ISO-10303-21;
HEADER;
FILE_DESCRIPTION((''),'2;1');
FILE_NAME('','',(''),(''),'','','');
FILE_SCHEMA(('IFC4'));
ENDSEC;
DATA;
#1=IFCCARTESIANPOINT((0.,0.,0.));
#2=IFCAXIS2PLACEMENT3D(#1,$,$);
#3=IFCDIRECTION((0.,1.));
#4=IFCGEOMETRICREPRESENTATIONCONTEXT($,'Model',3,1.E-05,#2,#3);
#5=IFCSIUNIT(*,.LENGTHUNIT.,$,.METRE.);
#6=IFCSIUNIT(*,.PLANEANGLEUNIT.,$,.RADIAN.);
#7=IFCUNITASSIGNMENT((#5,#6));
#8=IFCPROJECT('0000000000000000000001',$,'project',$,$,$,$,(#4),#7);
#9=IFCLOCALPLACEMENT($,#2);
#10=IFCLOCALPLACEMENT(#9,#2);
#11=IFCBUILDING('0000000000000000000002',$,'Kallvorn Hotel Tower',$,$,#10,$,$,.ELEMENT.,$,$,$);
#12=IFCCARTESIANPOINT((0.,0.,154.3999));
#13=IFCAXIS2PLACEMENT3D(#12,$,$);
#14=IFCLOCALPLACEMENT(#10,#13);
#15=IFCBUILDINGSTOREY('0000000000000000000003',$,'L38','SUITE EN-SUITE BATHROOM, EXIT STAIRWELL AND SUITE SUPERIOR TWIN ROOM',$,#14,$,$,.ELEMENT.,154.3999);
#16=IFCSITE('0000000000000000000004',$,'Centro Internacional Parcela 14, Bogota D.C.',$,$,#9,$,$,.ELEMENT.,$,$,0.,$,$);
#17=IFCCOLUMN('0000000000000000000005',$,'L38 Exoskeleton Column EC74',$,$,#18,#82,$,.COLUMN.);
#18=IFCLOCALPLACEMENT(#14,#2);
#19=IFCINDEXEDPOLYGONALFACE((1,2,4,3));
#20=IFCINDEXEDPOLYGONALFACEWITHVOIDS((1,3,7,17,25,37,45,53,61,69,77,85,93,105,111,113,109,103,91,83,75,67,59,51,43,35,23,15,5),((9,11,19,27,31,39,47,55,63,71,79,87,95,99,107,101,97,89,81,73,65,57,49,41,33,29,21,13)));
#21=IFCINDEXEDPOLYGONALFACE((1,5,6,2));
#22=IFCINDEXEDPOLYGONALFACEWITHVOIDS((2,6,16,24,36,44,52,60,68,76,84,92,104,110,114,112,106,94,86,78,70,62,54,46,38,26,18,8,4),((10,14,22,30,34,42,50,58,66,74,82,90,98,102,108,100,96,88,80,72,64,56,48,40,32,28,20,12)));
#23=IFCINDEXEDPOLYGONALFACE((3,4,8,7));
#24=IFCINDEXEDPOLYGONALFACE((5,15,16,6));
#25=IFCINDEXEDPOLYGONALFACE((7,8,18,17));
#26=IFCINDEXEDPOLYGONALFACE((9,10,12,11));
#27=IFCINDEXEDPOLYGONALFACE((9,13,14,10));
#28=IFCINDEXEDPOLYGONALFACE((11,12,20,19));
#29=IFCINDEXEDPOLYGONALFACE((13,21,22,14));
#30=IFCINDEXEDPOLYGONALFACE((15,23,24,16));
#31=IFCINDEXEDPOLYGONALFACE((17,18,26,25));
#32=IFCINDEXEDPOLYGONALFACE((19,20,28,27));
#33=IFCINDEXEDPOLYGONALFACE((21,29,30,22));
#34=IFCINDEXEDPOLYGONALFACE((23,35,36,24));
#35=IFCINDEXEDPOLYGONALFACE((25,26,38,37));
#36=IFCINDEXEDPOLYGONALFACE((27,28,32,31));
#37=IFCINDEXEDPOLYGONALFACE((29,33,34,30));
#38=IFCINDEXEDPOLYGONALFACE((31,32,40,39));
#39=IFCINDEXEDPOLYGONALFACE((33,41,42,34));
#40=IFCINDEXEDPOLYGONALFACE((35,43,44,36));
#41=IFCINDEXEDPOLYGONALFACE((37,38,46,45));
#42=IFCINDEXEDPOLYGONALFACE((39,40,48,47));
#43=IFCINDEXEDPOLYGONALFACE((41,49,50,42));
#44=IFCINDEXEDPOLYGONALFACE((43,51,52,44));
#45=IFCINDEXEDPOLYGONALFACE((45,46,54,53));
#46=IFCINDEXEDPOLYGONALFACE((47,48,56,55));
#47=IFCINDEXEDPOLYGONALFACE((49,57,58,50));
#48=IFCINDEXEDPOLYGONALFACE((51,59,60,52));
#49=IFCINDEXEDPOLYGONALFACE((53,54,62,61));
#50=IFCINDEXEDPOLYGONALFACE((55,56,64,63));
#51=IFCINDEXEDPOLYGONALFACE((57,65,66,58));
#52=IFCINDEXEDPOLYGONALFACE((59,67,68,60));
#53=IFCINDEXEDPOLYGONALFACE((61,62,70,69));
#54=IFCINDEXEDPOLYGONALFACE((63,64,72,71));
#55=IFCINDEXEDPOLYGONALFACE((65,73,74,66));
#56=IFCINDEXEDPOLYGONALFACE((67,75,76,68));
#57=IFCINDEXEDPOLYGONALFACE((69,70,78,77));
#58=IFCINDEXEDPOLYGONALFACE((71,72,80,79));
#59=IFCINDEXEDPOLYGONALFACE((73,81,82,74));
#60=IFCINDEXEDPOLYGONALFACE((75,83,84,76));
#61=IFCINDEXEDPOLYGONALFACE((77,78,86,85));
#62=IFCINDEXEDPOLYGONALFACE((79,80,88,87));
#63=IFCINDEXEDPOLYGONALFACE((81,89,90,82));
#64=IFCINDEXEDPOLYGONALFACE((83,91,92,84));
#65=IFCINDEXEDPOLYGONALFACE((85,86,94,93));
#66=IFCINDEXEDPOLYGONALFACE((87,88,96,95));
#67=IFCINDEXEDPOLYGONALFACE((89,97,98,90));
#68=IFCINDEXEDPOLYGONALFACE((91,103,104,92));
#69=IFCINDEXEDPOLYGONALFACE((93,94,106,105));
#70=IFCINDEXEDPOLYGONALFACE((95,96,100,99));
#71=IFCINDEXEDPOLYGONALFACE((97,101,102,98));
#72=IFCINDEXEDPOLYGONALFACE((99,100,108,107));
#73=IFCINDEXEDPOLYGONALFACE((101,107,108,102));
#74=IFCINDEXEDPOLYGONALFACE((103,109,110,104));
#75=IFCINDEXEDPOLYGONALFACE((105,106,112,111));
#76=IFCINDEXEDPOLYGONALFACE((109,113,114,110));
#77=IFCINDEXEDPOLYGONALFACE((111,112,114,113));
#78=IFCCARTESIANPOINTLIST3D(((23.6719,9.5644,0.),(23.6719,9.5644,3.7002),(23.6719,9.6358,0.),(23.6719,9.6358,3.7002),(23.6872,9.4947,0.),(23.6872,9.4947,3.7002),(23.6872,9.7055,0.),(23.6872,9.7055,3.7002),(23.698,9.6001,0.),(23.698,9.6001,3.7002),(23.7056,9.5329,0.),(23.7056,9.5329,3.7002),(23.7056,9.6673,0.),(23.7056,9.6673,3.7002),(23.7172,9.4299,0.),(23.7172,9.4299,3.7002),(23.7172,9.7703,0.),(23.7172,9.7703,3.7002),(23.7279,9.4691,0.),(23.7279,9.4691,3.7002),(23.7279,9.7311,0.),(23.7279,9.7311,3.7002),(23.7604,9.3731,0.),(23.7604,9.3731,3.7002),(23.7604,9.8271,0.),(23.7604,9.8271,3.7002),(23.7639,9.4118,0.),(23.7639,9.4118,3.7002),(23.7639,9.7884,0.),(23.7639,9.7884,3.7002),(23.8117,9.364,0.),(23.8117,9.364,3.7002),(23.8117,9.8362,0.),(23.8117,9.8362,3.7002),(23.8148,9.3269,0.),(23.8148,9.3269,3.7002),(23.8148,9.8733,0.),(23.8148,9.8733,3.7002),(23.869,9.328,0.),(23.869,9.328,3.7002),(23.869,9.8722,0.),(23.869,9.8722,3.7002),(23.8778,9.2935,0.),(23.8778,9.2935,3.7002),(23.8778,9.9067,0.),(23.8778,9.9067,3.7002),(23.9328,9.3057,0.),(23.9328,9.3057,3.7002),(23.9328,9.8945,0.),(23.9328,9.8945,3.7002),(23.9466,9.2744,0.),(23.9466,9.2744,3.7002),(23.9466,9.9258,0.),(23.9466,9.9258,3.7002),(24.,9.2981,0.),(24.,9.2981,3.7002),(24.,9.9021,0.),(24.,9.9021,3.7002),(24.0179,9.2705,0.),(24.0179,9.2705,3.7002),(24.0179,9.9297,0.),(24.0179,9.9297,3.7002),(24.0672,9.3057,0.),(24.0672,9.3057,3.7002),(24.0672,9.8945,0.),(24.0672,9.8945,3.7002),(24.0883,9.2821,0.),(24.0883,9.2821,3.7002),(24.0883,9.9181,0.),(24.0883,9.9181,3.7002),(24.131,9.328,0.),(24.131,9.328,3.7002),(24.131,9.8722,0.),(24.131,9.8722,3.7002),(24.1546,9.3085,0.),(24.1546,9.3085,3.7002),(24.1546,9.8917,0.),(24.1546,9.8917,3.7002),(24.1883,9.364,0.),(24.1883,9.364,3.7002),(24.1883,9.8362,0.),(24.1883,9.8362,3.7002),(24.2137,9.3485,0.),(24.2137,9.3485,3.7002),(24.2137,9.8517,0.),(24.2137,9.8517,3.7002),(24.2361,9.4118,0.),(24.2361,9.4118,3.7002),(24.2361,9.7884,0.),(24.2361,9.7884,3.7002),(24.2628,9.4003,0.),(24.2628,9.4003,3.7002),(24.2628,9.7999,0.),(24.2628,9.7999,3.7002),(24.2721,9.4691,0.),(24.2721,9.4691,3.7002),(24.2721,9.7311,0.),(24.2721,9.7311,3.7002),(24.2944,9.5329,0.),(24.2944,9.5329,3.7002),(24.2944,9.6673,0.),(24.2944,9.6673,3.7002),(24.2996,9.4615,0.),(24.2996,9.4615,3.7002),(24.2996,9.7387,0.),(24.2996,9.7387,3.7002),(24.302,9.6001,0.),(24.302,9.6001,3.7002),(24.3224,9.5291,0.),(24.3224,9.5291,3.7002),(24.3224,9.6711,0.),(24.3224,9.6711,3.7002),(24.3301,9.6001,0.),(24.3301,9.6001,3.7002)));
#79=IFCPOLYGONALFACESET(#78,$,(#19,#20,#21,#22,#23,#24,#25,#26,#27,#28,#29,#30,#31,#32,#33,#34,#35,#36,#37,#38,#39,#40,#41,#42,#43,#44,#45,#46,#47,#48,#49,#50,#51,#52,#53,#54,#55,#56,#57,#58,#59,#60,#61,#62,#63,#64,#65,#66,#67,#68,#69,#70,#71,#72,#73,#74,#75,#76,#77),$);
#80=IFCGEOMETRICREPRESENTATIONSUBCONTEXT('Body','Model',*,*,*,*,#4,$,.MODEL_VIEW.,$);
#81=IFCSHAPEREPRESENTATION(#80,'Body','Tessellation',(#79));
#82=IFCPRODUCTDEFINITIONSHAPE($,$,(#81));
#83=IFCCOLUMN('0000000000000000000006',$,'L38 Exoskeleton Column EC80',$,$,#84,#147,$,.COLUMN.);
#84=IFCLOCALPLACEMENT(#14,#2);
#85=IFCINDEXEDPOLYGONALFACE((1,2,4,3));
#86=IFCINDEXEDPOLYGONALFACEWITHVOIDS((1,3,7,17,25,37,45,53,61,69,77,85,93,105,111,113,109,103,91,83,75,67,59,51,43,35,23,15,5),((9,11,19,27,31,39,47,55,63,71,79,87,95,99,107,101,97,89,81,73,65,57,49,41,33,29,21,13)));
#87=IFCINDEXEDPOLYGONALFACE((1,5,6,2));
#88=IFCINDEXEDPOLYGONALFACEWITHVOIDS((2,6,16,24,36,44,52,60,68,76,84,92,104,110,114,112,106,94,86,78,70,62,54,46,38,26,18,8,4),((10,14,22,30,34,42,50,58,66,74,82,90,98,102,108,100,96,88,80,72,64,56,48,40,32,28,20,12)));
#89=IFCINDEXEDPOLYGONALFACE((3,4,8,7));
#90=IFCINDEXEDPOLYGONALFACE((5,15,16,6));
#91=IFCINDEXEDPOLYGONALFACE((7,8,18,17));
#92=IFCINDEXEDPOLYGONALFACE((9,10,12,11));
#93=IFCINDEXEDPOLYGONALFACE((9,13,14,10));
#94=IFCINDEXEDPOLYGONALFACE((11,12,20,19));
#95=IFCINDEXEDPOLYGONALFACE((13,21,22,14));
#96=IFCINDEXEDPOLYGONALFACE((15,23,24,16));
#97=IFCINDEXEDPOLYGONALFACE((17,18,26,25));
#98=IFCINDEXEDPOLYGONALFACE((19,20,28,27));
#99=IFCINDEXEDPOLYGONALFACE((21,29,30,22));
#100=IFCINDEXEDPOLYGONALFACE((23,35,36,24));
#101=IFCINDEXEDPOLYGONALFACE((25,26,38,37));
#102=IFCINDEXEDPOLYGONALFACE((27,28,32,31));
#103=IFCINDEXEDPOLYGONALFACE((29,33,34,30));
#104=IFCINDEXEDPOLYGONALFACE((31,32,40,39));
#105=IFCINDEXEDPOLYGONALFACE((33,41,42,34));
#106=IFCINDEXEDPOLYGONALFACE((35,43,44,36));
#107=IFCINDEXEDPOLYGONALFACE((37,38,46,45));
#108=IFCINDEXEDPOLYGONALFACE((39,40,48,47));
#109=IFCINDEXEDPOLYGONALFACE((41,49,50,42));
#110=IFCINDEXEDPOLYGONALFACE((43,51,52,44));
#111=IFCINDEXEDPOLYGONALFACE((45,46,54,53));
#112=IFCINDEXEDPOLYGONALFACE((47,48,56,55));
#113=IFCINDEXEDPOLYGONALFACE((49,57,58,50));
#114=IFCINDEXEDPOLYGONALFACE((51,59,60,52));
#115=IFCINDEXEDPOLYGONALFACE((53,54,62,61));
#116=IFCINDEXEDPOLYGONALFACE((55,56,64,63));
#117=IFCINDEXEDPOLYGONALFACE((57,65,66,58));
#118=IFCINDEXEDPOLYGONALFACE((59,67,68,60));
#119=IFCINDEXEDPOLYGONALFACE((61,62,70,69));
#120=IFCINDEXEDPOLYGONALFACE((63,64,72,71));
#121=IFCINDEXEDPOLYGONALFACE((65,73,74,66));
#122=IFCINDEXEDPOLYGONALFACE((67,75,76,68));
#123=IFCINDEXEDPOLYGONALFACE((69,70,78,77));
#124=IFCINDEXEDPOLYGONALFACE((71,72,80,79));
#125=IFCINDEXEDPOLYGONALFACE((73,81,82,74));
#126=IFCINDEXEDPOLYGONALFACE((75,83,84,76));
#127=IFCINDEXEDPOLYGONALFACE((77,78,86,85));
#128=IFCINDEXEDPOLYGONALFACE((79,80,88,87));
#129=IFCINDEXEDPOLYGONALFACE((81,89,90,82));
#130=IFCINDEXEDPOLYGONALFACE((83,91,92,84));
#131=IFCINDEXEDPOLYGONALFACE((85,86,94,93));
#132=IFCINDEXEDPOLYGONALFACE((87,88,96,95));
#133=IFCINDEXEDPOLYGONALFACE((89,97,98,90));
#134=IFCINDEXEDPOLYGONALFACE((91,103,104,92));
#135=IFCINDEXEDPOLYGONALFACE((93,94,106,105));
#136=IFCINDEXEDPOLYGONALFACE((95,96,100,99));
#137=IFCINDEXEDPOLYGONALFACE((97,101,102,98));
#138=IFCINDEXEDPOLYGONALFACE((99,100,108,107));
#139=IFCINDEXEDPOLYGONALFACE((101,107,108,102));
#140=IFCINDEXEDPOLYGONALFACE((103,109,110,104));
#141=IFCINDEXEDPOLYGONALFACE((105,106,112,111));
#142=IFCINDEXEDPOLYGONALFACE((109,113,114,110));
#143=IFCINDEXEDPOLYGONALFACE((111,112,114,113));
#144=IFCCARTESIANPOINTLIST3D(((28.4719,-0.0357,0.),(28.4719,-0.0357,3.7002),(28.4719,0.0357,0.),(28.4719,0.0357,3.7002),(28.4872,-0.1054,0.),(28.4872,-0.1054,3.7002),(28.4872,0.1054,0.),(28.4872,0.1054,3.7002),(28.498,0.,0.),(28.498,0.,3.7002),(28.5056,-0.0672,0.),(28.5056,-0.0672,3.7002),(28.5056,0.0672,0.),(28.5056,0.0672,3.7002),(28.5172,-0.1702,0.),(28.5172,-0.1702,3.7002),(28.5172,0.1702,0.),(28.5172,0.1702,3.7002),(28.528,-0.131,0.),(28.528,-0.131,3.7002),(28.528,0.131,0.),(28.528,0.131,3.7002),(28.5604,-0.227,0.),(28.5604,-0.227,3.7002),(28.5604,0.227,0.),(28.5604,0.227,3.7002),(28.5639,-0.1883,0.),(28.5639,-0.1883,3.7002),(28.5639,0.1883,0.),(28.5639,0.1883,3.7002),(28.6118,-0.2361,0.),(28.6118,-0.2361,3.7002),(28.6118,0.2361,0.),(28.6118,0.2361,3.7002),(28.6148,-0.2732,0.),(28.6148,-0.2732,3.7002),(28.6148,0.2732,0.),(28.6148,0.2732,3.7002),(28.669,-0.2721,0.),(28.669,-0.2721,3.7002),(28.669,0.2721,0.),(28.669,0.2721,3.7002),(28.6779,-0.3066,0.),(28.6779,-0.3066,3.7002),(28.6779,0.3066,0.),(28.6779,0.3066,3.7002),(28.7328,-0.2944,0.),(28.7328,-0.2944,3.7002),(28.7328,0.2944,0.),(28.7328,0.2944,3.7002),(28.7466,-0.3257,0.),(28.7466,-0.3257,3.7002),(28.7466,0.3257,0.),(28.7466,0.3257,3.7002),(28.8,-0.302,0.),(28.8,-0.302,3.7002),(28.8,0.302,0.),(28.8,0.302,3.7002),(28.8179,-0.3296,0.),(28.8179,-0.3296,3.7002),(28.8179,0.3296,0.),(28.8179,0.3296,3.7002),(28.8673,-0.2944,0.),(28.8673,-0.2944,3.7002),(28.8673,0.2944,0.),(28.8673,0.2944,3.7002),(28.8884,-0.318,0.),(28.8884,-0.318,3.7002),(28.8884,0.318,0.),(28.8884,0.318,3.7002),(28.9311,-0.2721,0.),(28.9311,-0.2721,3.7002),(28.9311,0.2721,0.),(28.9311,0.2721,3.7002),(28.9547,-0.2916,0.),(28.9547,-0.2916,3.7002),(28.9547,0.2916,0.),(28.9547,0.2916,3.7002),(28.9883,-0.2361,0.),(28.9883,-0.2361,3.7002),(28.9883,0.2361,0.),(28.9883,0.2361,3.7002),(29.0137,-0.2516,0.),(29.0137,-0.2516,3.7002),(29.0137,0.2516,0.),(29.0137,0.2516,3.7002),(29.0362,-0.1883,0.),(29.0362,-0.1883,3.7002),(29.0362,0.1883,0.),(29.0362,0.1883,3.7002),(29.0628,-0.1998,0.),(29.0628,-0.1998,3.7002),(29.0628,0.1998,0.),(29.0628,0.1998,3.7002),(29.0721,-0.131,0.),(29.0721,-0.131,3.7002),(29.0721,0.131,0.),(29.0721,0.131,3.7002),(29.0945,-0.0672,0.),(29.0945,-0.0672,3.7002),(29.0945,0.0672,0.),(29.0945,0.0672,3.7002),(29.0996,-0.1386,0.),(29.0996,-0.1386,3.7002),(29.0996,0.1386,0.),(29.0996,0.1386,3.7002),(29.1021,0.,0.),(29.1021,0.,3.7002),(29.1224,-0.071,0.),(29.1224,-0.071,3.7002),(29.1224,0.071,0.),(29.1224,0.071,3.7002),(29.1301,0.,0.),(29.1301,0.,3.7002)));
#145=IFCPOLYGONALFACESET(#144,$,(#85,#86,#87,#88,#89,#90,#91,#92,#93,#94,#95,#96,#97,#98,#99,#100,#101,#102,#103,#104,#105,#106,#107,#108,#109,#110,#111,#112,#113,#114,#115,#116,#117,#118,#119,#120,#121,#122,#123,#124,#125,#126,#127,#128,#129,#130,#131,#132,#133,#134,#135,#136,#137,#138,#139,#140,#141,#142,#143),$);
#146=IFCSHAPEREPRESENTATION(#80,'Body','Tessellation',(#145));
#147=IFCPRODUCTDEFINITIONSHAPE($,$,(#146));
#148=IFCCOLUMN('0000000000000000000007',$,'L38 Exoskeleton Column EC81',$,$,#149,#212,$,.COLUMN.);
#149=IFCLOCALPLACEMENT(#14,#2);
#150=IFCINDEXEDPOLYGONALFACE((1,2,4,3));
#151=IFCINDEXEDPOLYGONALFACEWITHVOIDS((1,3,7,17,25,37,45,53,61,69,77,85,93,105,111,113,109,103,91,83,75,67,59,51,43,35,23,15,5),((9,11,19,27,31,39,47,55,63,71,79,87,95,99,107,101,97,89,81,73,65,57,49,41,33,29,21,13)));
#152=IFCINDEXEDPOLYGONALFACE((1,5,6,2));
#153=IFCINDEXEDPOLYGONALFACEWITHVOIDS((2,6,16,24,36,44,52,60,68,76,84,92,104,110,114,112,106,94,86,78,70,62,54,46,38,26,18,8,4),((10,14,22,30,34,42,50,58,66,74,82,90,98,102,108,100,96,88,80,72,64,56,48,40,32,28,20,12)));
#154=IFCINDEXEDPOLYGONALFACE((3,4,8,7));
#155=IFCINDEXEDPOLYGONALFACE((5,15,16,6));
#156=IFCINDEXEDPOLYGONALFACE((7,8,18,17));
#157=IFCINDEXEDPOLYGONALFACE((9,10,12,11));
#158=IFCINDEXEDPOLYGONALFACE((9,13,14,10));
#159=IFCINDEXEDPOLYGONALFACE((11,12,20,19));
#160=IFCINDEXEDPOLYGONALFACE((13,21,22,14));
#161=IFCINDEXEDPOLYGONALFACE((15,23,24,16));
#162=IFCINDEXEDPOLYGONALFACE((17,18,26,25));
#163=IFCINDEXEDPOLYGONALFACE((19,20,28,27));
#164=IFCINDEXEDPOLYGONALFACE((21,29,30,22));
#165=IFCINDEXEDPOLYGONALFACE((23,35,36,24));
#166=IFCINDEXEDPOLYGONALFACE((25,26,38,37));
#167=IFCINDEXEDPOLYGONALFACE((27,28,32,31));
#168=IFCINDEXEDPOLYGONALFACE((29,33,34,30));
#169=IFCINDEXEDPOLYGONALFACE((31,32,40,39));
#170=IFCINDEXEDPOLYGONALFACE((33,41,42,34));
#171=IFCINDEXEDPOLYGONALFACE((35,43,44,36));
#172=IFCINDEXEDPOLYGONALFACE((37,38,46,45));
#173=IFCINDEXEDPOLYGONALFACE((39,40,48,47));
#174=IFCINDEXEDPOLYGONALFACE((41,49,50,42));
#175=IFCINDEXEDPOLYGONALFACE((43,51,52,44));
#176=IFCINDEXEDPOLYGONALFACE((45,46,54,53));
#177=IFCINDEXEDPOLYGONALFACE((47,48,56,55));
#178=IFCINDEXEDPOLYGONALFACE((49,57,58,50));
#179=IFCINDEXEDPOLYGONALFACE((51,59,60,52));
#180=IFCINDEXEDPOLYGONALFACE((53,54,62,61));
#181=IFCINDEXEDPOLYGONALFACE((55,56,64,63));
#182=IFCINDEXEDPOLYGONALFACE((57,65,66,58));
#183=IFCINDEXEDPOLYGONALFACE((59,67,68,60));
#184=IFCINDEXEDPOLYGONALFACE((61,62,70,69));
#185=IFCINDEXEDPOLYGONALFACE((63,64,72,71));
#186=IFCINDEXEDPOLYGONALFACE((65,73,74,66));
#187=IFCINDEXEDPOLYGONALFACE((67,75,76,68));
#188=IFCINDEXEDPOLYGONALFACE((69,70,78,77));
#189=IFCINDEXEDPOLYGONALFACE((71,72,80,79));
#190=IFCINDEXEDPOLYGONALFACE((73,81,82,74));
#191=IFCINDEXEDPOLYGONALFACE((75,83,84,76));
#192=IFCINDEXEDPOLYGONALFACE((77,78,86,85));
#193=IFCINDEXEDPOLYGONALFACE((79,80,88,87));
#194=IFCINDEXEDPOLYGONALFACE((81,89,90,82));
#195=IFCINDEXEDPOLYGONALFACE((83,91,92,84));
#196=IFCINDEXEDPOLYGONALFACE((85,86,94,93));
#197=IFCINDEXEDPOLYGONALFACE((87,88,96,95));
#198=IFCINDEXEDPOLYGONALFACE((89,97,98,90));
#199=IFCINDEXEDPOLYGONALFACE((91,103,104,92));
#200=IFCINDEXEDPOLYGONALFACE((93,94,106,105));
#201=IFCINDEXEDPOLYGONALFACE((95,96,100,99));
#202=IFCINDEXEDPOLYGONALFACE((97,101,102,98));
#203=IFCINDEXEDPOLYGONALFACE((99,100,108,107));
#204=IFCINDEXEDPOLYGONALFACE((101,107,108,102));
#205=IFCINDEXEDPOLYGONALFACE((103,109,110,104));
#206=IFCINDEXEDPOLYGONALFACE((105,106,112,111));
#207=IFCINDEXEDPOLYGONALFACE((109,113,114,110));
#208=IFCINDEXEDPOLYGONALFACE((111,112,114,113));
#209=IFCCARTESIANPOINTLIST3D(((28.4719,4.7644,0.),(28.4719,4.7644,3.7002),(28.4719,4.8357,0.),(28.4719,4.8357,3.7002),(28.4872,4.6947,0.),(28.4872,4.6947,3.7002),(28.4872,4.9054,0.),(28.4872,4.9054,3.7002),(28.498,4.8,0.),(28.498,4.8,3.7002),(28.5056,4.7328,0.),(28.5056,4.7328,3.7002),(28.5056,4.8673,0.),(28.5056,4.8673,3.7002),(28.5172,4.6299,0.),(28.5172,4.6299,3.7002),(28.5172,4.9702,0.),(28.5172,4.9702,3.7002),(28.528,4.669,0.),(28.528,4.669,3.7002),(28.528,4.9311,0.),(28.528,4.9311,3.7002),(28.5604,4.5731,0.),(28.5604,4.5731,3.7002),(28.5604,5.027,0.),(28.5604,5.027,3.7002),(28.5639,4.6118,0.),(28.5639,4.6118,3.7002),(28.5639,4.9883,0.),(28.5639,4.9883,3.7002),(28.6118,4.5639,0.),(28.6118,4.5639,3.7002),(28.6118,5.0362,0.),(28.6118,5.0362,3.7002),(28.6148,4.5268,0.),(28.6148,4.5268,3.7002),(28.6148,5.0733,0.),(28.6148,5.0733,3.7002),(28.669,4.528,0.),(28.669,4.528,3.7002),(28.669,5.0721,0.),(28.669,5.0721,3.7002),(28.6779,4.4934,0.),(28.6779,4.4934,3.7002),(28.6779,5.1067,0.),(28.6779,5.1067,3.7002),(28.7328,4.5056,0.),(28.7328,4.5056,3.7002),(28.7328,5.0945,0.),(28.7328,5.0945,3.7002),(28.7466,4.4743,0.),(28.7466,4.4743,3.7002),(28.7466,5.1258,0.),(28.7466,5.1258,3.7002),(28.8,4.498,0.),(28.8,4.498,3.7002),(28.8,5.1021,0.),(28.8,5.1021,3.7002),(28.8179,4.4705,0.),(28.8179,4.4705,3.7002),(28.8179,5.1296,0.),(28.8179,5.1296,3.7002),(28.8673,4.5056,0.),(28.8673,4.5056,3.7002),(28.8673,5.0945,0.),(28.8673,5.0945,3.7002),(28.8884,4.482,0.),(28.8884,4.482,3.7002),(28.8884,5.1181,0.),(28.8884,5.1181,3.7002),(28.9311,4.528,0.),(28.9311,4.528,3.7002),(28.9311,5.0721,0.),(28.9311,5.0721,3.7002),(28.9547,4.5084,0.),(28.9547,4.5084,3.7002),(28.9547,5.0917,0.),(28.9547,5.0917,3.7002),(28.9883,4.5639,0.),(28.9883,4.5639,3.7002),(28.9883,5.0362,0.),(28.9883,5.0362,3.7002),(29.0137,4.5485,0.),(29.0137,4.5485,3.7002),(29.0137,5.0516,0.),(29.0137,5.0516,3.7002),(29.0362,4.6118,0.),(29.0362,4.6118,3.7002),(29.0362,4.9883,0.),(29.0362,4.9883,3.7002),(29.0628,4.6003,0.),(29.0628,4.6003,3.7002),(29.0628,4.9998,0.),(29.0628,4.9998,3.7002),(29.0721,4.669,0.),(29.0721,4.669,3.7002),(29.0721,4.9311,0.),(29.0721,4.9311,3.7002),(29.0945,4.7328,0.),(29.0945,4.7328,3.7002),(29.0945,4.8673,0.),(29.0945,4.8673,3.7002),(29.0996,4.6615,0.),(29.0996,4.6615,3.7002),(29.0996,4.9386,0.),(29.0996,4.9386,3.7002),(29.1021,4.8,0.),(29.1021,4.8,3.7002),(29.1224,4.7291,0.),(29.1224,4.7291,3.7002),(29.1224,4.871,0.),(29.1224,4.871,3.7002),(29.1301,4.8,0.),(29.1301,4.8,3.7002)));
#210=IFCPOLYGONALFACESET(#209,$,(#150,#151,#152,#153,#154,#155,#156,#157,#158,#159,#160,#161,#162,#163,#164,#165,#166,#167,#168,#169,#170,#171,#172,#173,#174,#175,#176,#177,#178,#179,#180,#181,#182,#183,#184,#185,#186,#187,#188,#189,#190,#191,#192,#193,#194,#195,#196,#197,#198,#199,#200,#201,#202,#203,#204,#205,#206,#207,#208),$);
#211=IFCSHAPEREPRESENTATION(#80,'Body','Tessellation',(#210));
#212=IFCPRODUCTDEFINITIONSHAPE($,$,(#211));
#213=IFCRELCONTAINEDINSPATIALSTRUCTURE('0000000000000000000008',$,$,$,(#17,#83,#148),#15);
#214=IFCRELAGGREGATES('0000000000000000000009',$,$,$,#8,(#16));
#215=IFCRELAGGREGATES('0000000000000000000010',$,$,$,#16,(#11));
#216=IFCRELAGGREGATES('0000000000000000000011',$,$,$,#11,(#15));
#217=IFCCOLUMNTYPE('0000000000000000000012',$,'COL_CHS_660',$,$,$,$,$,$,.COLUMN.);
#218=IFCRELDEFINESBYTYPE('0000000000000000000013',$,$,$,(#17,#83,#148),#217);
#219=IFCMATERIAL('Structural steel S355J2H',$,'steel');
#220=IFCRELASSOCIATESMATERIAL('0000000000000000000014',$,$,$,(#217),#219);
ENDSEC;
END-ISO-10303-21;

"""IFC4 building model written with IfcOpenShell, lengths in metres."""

from ifc_helpers import new_model, si_unit, direction, frame, origin, origin_2d, place, context, subcontext, project, spatial, hollow_circle, extrude, material, material_profile, profile_set, type_object, element, save


model = new_model("IFC4")

# Units and contexts
model_context = context("Model", 3, precision=1e-05, world=origin(), true_north=direction((0.0, 1.0)))
body_context = subcontext(model_context, "Body", "Model", "MODEL_VIEW")
ifc_project = project(units=[si_unit("LENGTHUNIT", "METRE"), si_unit("PLANEANGLEUNIT", "RADIAN")], contexts=[model_context])

# Site, building, storey
site_placement = place(None, origin())
site = spatial("IfcSite", under=ifc_project, at=site_placement, Name="Centro Internacional Parcela 14, Bogota D.C.", CompositionType="ELEMENT", RefElevation=0.0)
building_placement = place(site_placement, origin())
building = spatial("IfcBuilding", under=site, at=building_placement, Name="Kallvorn Hotel Tower", CompositionType="ELEMENT")
storey_placement = place(building_placement, frame((0.0, 0.0, 154.3999)))
storey = spatial("IfcBuildingStorey", under=building, at=storey_placement, Name="L38", Description="SUITE EN-SUITE BATHROOM, EXIT STAIRWELL AND SUITE SUPERIOR TWIN ROOM", CompositionType="ELEMENT", Elevation=154.3999)

# Columns
ifc_material_1 = material(Name="Structural steel S355J2H", Category="steel")
ifc_material_profile_1 = material_profile(ifc_material_1, hollow_circle(Radius=0.3301, WallThickness=0.0281, at=origin_2d()), Name="CHS 660x28")
ifc_profile_set_1 = profile_set([ifc_material_profile_1], Name="Structural steel S355J2H")
column_type_1 = type_object("IfcColumnType", Name="COL_CHS_660", PredefinedType="COLUMN", material=ifc_profile_set_1)
for number, where, z_axis, x_axis, name in (
    (1, (24.0, 9.6001, 0.0), (0.0, 0.0, 1.0), (1.0, 0.0, 0.0), "L38 Exoskeleton Column EC74"),
    (2, (28.8, 0.0, 0.0), (0.0, 0.0, 1.0), (1.0, 0.0, 0.0), "L38 Exoskeleton Column EC80"),
    (3, (28.8, 4.8, 0.0), (0.0, 0.0, 1.0), (1.0, 0.0, 0.0), "L38 Exoskeleton Column EC81"),
):
    element("IfcColumn", number, at=place(storey_placement, frame(where, z_axis=z_axis, x_axis=x_axis)), inside=storey, type_object=column_type_1, Name=name, PredefinedType="COLUMN", context=body_context, shape_type="SweptSolid", body=[
        extrude(hollow_circle(Radius=0.3301, WallThickness=0.0281, at=origin_2d()), origin(), (0.0, 0.0, 1.0), 3.7002),
    ])

save(model, "model.ifc")
